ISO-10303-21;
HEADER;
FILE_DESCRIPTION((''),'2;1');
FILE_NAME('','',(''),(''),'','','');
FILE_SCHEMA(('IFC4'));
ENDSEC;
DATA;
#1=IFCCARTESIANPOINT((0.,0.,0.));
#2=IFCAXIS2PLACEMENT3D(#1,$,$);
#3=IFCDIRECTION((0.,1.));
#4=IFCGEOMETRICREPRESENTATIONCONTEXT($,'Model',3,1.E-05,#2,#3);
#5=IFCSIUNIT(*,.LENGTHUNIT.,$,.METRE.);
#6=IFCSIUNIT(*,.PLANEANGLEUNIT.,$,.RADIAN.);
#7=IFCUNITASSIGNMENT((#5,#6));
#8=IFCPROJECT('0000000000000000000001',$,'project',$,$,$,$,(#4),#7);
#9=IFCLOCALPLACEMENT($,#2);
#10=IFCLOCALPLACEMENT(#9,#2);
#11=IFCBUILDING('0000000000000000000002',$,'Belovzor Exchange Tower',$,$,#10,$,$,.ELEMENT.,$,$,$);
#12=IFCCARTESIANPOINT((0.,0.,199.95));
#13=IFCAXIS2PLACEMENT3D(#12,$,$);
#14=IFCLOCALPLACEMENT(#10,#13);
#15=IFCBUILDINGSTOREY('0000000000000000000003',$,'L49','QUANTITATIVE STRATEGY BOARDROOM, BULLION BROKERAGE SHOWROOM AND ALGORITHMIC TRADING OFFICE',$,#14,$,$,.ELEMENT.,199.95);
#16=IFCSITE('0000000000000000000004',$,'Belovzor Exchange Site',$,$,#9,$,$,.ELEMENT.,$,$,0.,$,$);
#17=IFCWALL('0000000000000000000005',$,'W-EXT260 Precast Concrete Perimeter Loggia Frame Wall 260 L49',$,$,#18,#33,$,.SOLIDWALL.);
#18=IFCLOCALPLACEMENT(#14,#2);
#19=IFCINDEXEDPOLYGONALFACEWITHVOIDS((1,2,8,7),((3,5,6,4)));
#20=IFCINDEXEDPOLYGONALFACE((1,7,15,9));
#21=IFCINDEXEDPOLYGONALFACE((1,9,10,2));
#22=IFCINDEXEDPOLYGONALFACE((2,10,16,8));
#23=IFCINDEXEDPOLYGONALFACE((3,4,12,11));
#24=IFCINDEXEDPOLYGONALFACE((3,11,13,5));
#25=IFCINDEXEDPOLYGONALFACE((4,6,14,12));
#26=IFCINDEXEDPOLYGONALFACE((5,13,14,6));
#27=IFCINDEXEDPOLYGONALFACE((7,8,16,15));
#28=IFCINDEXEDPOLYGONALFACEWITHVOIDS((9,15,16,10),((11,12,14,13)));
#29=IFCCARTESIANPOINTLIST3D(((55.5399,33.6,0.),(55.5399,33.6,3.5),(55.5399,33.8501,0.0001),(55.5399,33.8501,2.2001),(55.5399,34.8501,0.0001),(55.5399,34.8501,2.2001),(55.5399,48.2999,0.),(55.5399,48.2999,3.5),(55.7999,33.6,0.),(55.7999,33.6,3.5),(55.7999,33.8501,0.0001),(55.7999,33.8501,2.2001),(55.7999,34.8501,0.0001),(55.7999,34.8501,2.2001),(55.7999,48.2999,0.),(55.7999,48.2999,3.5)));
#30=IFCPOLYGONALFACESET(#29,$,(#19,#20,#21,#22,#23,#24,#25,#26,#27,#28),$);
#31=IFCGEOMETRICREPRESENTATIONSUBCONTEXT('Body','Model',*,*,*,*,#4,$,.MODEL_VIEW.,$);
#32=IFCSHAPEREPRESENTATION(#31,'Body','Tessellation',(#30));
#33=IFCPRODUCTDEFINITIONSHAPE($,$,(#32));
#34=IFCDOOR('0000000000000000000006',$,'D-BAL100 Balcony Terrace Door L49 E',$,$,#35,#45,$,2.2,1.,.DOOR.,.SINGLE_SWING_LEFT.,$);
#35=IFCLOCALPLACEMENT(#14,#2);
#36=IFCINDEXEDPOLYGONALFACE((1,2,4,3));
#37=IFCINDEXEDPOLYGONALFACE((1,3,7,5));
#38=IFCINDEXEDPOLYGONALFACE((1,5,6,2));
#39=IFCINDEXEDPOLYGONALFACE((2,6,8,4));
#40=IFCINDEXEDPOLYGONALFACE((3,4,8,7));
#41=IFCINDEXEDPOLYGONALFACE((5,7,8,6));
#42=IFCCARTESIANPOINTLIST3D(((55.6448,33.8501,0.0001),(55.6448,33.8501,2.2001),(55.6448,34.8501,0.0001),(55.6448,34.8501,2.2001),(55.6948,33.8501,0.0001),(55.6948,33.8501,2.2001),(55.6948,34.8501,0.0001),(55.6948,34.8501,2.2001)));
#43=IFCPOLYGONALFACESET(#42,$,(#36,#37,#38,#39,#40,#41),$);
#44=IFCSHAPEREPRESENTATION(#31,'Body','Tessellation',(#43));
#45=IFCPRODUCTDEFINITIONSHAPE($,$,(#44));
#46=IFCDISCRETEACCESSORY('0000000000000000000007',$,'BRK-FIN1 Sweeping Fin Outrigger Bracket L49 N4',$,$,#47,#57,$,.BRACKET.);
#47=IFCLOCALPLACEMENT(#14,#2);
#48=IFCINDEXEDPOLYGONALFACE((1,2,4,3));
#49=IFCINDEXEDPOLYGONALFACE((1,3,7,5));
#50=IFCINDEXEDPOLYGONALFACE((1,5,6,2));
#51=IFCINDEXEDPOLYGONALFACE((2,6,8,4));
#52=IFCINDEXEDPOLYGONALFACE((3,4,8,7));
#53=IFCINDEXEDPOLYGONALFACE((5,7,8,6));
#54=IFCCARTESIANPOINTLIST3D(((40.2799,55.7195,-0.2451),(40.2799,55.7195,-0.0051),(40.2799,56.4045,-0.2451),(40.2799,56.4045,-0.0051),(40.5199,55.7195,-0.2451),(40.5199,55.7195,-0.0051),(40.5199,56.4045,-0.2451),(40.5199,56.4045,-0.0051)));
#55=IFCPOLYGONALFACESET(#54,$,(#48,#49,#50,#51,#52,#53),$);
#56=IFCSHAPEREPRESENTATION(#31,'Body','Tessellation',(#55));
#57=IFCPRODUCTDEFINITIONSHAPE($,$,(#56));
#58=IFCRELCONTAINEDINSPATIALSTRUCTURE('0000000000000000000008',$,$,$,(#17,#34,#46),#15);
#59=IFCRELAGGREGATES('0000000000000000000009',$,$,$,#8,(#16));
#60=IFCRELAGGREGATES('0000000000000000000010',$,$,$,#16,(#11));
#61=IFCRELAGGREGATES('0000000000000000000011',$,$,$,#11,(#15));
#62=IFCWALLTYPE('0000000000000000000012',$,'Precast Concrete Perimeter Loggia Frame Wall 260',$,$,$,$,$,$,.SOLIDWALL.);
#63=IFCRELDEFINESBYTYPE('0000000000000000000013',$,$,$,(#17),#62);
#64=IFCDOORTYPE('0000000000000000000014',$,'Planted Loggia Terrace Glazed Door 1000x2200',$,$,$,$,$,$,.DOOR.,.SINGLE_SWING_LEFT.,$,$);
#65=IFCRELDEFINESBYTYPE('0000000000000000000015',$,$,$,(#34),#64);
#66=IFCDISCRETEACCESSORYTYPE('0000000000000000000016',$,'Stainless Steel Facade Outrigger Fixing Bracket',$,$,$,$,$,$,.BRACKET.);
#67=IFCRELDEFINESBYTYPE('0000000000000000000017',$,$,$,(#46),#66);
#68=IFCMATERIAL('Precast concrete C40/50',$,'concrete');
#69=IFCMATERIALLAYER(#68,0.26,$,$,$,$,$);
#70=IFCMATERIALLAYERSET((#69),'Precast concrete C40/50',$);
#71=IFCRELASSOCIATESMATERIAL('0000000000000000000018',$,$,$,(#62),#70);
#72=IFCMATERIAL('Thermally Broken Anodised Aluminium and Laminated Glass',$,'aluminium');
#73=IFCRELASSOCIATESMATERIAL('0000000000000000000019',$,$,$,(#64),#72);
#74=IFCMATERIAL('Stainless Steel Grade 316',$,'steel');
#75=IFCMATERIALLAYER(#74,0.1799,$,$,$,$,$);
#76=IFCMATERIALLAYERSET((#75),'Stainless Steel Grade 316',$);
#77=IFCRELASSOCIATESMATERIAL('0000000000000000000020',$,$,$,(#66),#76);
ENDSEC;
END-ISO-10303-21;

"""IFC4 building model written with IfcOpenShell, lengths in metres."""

from ifc_helpers import new_model, si_unit, direction, frame, frame_2d, origin, origin_2d, place, context, subcontext, project, spatial, rectangle, extrude, material, layer, layer_set, type_object, element, fill, save


model = new_model("IFC4")

# Units and contexts
model_context = context("Model", 3, precision=1e-05, world=origin(), true_north=direction((0.0, 1.0)))
body_context = subcontext(model_context, "Body", "Model", "MODEL_VIEW")
ifc_project = project(units=[si_unit("LENGTHUNIT", "METRE"), si_unit("PLANEANGLEUNIT", "RADIAN")], contexts=[model_context])

# Site, building, storey
site_placement = place(None, origin())
site = spatial("IfcSite", under=ifc_project, at=site_placement, Name="Belovzor Exchange Site", CompositionType="ELEMENT", RefElevation=0.0)
building_placement = place(site_placement, origin())
building = spatial("IfcBuilding", under=site, at=building_placement, Name="Belovzor Exchange Tower", CompositionType="ELEMENT")
storey_placement = place(building_placement, frame((0.0, 0.0, 199.95)))
storey = spatial("IfcBuildingStorey", under=building, at=storey_placement, Name="L49", Description="QUANTITATIVE STRATEGY BOARDROOM, BULLION BROKERAGE SHOWROOM AND ALGORITHMIC TRADING OFFICE", CompositionType="ELEMENT", Elevation=199.95)

# Wall, opening, door
ifc_material_1 = material(Name="Precast concrete C40/50", Category="concrete")
ifc_layer_1 = layer(ifc_material_1, 0.26)
ifc_layer_set_1 = layer_set([ifc_layer_1], Name="Precast concrete C40/50")
wall_type_1 = type_object("IfcWallType", Name="Precast Concrete Perimeter Loggia Frame Wall 260", PredefinedType="SOLIDWALL", material=ifc_layer_set_1)
wall_1_placement = place(storey_placement, frame((55.6699, 48.3, 0.0), z_axis=(0.0, 0.0, 1.0), x_axis=(0.0, -1.0, 0.0)))
wall_1 = element("IfcWall", 1, at=wall_1_placement, inside=storey, type_object=wall_type_1, Name="W-EXT260 Precast Concrete Perimeter Loggia Frame Wall 260 L49", PredefinedType="SOLIDWALL", context=body_context, shape_type="SweptSolid", body=[
    extrude(rectangle(XDim=14.7, YDim=0.26, at=frame_2d((7.3501, 0.0))), origin(), (0.0, 0.0, 1.0), 3.5),
])
opening_1_placement = place(wall_1_placement, frame((13.45, 0.0, 0.0)))
opening_1 = element("IfcOpeningElement", 2, at=opening_1_placement, cuts=wall_1, PredefinedType="OPENING", context=body_context, shape_type="SweptSolid", body=[
    extrude(rectangle(XDim=1.0, YDim=2.2, at=frame_2d((0.5, 1.1001))), frame((0.0, 0.1399, 0.0), z_axis=(0.0, -1.0, 0.0), x_axis=(1.0, 0.0, 0.0)), (0.0, 0.0, 1.0), 0.28),
])
ifc_material_2 = material(Name="Thermally Broken Anodised Aluminium and Laminated Glass", Category="aluminium")
door_type = type_object("IfcDoorType", Name="Planted Loggia Terrace Glazed Door 1000x2200", OperationType="SINGLE_SWING_LEFT", PredefinedType="DOOR", material=ifc_material_2)
door_placement = place(opening_1_placement, origin())
door = element("IfcDoor", 3, at=door_placement, inside=storey, type_object=door_type, Name="D-BAL100 Balcony Terrace Door L49 E", OperationType="SINGLE_SWING_LEFT", OverallHeight=2.2, OverallWidth=1.0, PredefinedType="DOOR", context=body_context, shape_type="SweptSolid", body=[
    extrude(rectangle(XDim=1.0, YDim=2.2, at=frame_2d((0.5, 1.1001))), frame((0.0, 0.0249, 0.0), z_axis=(0.0, -1.0, 0.0), x_axis=(1.0, 0.0, 0.0)), (0.0, 0.0, 1.0), 0.05),
])
fill(opening_1, door)

# Discrete accessory
ifc_material_3 = material(Name="Stainless Steel Grade 316", Category="steel")
ifc_layer_2 = layer(ifc_material_3, 0.1799)
ifc_layer_set_2 = layer_set([ifc_layer_2], Name="Stainless Steel Grade 316")
discrete_accessory_type = type_object("IfcDiscreteAccessoryType", Name="Stainless Steel Facade Outrigger Fixing Bracket", PredefinedType="BRACKET", material=ifc_layer_set_2)
discrete_accessory_placement = place(storey_placement, frame((40.3999, 56.062, -0.2451), z_axis=(0.0, 0.0, 1.0), x_axis=(0.0, 1.0, 0.0)))
element("IfcDiscreteAccessory", 4, at=discrete_accessory_placement, inside=storey, type_object=discrete_accessory_type, Name="BRK-FIN1 Sweeping Fin Outrigger Bracket L49 N4", PredefinedType="BRACKET", context=body_context, shape_type="SweptSolid", body=[
    extrude(rectangle(XDim=0.6851, YDim=0.24, at=origin_2d()), origin(), (0.0, 0.0, 1.0), 0.24),
])

save(model, "model.ifc")
